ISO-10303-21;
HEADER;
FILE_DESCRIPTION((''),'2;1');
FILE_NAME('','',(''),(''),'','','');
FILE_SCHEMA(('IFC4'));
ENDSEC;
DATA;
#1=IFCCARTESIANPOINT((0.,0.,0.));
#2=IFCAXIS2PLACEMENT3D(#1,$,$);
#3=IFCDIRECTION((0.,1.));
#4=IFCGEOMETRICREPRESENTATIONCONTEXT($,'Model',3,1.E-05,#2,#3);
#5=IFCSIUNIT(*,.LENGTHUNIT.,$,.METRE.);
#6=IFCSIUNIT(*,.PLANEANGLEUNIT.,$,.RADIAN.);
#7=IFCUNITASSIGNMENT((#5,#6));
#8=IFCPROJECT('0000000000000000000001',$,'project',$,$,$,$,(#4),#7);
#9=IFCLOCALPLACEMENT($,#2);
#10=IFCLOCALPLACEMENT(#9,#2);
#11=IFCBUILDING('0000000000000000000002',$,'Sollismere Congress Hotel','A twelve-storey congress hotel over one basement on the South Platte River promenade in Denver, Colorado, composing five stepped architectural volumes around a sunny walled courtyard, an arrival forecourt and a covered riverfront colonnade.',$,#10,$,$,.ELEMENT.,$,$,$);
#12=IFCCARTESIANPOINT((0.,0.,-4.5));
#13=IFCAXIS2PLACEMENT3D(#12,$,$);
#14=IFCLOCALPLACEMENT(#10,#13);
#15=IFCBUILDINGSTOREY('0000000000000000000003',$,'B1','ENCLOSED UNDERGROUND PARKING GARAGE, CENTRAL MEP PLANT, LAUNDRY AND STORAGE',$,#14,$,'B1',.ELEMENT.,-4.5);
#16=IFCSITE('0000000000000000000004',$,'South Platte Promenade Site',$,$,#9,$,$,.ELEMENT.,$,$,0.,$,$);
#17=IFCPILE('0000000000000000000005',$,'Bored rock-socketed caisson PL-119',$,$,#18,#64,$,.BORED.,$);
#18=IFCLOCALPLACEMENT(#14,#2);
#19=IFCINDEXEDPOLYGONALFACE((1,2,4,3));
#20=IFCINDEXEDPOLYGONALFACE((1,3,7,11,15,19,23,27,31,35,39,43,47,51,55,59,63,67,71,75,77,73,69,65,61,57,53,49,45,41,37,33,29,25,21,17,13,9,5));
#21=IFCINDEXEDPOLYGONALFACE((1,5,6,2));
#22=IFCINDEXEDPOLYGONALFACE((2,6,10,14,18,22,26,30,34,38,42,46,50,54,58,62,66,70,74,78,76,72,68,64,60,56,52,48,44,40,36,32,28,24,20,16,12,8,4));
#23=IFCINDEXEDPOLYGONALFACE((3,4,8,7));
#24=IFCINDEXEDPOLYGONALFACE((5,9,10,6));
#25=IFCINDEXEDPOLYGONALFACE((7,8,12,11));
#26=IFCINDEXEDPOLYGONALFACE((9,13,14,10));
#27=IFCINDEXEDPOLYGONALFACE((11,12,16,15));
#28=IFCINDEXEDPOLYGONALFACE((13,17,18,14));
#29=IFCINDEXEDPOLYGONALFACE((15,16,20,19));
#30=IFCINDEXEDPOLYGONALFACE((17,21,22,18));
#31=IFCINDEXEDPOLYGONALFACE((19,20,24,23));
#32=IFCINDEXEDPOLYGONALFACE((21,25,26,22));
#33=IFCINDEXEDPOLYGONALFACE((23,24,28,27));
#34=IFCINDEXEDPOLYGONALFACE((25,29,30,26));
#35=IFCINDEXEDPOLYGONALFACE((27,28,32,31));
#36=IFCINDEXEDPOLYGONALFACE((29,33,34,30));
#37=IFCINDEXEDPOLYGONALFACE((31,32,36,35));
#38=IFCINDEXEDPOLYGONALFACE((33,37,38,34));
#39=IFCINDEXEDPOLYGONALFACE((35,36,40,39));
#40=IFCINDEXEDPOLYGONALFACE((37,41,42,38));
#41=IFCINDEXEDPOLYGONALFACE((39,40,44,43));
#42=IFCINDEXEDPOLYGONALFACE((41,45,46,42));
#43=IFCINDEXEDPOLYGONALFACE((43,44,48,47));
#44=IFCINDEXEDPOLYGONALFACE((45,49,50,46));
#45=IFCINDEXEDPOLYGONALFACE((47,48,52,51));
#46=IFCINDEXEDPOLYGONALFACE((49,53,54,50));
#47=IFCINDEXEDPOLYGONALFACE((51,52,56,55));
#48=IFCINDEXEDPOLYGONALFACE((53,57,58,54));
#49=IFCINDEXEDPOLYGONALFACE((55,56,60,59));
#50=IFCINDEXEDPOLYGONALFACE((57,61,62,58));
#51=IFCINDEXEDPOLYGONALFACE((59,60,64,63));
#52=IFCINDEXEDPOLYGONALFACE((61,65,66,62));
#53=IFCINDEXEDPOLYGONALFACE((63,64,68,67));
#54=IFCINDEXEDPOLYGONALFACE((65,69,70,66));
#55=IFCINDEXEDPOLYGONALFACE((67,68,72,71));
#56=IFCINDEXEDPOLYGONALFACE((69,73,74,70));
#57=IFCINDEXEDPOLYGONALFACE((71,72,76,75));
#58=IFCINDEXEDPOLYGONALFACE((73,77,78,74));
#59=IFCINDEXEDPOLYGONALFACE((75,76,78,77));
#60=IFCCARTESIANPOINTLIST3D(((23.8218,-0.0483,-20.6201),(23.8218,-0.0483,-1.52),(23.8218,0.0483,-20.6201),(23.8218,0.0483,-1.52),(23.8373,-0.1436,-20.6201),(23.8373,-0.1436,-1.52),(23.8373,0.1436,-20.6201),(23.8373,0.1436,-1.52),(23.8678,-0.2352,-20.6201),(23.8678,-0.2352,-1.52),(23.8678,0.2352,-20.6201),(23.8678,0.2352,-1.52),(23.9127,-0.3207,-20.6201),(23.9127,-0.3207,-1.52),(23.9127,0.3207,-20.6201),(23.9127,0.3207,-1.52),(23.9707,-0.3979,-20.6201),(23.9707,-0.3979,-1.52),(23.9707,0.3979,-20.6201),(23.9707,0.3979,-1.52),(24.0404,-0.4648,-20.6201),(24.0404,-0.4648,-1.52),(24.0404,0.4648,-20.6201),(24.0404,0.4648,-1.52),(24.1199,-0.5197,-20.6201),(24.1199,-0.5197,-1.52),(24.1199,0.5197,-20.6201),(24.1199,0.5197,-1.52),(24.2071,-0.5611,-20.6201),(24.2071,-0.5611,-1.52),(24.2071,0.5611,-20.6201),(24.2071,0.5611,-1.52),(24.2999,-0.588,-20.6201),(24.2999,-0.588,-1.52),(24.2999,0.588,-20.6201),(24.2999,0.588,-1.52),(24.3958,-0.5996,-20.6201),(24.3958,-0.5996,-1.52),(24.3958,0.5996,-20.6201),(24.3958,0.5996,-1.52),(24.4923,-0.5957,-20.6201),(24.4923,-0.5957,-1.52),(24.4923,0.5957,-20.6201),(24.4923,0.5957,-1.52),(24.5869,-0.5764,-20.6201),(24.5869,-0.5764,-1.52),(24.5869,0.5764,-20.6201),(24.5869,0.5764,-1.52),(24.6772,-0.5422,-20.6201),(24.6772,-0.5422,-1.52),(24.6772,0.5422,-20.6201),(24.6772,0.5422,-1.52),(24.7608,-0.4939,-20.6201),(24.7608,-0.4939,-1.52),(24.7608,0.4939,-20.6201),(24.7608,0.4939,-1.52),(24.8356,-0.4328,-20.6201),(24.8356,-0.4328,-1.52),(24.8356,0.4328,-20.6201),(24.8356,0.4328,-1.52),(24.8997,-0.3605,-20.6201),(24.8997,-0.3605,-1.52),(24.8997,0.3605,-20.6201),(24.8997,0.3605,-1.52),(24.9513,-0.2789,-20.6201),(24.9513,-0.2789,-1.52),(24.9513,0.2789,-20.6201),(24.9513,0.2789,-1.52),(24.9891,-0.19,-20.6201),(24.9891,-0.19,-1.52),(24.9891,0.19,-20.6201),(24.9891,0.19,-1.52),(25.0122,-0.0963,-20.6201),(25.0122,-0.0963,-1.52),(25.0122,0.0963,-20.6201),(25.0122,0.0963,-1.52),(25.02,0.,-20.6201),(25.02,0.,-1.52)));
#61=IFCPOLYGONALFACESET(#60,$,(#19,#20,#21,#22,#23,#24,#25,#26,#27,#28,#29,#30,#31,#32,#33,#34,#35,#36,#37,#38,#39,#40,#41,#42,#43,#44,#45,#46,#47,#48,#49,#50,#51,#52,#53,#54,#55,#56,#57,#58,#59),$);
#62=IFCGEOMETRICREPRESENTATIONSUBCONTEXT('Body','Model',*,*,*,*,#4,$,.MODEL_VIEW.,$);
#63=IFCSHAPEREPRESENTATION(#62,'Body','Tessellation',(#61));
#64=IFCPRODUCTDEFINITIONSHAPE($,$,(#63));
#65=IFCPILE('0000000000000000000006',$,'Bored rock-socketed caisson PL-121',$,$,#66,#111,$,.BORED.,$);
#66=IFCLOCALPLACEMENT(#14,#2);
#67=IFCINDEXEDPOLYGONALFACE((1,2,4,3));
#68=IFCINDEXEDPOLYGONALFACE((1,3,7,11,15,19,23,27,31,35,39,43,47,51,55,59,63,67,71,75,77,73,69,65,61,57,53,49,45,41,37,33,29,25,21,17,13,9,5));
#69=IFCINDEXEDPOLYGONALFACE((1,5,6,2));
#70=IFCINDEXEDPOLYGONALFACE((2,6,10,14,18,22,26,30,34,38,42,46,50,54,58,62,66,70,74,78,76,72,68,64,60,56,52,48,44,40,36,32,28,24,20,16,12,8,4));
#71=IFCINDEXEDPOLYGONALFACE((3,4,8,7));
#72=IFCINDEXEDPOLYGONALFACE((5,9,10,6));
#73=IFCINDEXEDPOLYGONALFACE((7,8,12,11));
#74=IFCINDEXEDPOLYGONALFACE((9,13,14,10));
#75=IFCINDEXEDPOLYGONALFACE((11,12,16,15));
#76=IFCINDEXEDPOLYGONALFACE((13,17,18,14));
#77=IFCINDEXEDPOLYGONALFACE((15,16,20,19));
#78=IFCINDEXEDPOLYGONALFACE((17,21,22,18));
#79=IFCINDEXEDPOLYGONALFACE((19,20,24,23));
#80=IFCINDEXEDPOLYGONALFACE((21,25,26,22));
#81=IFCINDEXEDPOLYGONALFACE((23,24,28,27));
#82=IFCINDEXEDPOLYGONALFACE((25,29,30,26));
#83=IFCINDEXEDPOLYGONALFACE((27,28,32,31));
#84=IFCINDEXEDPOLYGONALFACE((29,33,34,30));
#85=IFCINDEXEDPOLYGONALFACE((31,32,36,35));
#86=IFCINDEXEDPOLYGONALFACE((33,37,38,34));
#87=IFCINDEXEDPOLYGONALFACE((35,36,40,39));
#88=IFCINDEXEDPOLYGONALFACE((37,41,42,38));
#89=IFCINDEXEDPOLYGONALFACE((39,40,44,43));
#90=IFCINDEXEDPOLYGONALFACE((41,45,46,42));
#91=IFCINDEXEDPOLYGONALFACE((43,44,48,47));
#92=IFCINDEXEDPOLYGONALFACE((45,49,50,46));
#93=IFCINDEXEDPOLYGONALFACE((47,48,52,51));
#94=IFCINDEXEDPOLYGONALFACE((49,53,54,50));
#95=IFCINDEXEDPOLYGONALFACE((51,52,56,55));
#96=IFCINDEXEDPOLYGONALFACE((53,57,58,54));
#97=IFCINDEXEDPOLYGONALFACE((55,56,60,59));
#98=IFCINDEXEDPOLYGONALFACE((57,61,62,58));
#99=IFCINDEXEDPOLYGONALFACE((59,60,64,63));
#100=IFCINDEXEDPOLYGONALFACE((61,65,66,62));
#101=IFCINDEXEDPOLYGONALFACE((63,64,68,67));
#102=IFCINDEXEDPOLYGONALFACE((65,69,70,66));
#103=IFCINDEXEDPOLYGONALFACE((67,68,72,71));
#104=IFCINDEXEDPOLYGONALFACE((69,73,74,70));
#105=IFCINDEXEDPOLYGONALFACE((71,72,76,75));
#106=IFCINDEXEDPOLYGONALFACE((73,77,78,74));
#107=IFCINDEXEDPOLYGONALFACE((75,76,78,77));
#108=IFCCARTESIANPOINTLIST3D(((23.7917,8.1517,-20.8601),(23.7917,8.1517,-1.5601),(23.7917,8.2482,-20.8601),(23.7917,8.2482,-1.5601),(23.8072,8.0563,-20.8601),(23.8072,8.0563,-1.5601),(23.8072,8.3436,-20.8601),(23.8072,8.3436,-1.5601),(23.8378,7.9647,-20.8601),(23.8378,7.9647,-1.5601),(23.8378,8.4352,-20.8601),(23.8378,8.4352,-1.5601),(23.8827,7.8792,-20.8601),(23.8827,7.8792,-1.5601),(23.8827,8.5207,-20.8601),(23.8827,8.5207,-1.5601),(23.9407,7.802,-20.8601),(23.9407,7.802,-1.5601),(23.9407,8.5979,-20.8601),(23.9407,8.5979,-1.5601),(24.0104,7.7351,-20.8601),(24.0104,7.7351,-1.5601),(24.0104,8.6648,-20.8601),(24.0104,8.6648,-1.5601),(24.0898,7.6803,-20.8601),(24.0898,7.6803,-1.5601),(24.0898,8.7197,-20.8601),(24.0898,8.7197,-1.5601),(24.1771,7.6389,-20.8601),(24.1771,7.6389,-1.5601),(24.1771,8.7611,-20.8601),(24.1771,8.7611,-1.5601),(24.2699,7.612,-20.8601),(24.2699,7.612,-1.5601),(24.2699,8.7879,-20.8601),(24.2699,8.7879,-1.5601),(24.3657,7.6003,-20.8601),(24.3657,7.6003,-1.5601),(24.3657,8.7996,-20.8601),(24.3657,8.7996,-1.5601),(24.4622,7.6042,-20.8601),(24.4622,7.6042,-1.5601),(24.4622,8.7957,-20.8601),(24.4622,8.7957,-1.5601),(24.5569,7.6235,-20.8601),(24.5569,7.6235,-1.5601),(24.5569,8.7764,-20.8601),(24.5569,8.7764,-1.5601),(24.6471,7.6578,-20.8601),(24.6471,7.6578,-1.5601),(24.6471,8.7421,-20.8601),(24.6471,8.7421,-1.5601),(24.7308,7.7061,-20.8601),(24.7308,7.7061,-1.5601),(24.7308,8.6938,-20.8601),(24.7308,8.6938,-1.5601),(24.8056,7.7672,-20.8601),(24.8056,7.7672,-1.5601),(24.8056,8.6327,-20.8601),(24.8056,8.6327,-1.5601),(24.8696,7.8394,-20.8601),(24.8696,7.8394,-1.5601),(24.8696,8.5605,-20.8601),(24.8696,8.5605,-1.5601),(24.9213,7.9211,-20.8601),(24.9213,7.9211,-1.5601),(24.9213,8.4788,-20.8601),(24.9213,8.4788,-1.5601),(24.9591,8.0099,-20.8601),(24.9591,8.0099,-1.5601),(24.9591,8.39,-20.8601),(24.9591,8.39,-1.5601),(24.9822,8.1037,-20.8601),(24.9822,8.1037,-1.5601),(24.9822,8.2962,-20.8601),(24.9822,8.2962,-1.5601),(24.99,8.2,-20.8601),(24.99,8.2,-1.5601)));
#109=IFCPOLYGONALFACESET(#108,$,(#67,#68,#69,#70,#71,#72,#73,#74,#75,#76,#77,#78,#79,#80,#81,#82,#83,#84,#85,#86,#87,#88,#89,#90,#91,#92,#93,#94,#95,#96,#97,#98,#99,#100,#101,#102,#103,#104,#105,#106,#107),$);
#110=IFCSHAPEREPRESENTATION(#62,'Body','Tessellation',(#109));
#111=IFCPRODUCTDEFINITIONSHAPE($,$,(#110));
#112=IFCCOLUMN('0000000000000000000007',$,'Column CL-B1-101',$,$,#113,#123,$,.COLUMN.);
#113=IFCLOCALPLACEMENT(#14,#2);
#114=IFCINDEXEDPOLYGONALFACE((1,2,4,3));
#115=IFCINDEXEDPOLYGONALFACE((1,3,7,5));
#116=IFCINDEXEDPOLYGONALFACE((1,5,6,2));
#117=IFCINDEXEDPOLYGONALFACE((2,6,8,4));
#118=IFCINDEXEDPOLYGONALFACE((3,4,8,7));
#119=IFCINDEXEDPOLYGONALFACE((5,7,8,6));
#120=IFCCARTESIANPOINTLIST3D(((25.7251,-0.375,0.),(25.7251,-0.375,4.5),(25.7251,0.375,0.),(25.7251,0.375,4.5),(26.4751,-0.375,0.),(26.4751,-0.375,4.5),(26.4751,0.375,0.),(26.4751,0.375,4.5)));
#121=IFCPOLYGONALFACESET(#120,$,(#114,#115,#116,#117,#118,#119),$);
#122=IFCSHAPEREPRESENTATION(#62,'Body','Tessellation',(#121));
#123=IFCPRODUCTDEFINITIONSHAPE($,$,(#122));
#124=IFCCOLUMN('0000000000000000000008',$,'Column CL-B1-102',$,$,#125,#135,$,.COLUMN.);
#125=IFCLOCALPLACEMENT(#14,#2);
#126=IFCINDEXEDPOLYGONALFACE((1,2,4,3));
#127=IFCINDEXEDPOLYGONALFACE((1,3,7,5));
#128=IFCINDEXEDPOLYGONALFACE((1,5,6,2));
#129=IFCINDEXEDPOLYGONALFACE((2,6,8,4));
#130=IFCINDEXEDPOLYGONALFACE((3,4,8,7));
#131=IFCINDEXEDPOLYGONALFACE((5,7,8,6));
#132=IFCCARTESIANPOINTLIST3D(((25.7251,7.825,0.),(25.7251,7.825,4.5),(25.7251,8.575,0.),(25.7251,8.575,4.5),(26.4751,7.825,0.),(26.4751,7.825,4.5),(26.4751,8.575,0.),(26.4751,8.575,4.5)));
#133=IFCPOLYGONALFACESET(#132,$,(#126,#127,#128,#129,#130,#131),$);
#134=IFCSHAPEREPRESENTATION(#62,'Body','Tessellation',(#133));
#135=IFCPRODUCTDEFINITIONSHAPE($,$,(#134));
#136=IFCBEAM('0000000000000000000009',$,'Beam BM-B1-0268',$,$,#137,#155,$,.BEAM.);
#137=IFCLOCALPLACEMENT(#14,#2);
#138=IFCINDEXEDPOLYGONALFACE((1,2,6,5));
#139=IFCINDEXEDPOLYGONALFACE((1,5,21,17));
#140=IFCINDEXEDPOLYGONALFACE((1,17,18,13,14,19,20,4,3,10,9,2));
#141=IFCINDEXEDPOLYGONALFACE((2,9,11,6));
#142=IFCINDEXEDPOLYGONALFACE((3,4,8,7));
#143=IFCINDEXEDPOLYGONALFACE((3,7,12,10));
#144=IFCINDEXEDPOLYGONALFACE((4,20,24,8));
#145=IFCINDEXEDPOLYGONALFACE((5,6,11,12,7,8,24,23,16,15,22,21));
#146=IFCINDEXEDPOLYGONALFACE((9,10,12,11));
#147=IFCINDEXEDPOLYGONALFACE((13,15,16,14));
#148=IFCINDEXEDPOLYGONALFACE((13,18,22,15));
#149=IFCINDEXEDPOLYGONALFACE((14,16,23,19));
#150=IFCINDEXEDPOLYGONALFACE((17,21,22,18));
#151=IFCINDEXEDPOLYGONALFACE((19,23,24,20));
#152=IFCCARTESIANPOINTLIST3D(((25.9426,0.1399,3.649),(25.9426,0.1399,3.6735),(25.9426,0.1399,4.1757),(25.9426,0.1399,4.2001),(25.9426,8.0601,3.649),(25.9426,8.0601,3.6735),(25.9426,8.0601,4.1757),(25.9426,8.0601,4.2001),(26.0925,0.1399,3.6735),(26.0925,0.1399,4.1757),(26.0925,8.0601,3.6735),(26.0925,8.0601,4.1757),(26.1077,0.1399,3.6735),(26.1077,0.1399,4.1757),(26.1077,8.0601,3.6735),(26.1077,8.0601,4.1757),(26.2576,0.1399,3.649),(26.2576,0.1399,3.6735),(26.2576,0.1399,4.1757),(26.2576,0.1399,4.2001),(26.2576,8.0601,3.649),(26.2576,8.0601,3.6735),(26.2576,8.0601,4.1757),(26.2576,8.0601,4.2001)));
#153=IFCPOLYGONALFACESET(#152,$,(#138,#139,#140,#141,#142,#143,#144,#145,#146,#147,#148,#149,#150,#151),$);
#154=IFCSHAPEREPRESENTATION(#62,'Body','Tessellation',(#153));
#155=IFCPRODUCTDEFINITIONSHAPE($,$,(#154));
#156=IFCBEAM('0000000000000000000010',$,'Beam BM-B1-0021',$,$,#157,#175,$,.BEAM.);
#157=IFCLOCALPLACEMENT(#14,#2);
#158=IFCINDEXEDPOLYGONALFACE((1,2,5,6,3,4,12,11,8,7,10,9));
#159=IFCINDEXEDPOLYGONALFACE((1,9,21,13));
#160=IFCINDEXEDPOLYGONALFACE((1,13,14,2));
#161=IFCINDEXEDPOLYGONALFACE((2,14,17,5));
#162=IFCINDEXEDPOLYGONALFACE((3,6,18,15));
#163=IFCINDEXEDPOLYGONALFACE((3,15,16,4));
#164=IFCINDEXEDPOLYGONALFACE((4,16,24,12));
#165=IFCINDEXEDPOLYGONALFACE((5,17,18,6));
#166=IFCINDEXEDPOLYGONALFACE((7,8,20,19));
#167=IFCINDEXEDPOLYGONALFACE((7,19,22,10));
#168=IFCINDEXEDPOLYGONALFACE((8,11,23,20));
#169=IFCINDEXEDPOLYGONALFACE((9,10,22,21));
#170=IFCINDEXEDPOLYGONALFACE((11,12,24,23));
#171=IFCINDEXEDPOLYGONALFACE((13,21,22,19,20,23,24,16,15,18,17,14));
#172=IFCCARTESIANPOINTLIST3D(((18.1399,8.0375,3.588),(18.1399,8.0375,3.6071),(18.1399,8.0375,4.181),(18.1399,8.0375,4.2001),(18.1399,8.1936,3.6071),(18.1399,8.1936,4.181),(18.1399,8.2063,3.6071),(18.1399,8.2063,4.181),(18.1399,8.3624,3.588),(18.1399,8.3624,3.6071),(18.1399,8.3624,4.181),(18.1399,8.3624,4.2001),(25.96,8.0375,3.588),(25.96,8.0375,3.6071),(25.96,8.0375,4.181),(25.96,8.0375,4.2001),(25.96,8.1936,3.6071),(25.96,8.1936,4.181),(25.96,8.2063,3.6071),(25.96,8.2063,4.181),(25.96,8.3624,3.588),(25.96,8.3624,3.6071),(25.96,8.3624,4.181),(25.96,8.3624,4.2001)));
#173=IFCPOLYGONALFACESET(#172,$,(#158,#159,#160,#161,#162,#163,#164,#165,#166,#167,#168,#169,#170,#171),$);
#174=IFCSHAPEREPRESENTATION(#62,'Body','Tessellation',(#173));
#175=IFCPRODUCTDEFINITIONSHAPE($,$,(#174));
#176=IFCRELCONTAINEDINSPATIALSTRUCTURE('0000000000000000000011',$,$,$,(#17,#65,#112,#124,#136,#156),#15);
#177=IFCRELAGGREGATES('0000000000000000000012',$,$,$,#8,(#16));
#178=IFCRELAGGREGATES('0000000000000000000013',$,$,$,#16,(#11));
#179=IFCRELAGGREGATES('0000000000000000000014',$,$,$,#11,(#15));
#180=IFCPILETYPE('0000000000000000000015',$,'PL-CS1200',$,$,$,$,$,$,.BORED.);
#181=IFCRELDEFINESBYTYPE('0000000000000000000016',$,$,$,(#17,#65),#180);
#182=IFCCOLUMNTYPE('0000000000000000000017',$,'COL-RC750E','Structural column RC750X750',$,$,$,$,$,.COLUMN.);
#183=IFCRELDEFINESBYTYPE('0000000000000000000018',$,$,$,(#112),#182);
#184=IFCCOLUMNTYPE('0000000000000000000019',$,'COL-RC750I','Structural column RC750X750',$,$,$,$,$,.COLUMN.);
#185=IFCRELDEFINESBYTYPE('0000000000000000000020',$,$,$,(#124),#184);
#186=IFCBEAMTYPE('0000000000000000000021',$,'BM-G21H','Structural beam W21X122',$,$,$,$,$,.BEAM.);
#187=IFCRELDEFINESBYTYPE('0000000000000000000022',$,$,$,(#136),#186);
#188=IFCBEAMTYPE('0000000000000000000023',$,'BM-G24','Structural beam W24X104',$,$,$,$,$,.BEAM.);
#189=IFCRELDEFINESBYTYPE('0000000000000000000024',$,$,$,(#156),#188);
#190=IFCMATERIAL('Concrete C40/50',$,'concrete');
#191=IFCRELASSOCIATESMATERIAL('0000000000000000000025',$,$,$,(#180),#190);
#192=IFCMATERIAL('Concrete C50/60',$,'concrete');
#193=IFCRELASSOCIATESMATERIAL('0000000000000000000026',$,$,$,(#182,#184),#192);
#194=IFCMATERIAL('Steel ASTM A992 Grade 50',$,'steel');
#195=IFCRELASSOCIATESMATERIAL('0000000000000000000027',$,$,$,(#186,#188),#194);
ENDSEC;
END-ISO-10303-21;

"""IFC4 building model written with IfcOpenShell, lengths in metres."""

from ifc_helpers import new_model, si_unit, direction, frame, origin, origin_2d, place, context, subcontext, project, spatial, rectangle, circle, i_section, extrude, material, material_profile, profile_set, type_object, element, save


model = new_model("IFC4")

# Units and contexts
model_context = context("Model", 3, precision=1e-05, world=origin(), true_north=direction((0.0, 1.0)))
body_context = subcontext(model_context, "Body", "Model", "MODEL_VIEW")
ifc_project = project(units=[si_unit("LENGTHUNIT", "METRE"), si_unit("PLANEANGLEUNIT", "RADIAN")], contexts=[model_context])

# Site, building, storey
site_placement = place(None, origin())
site = spatial("IfcSite", under=ifc_project, at=site_placement, Name="South Platte Promenade Site", CompositionType="ELEMENT", RefElevation=0.0)
building_placement = place(site_placement, origin())
building = spatial("IfcBuilding", under=site, at=building_placement, Name="Sollismere Congress Hotel", Description="A twelve-storey congress hotel over one basement on the South Platte River promenade in Denver, Colorado, composing five stepped architectural volumes around a sunny walled courtyard, an arrival forecourt and a covered riverfront colonnade.", CompositionType="ELEMENT")
storey_placement = place(building_placement, frame((0.0, 0.0, -4.5)))
storey = spatial("IfcBuildingStorey", under=building, at=storey_placement, Name="B1", Description="ENCLOSED UNDERGROUND PARKING GARAGE, CENTRAL MEP PLANT, LAUNDRY AND STORAGE", LongName="B1", CompositionType="ELEMENT", Elevation=-4.5)

# Shared definitions
ifc_material_1 = material(Name="Concrete C40/50", Category="concrete")

# Piles
ifc_material_profile_1 = material_profile(ifc_material_1, circle(Radius=0.6001, at=origin_2d()), Name="CAISSON1200")
ifc_profile_set_1 = profile_set([ifc_material_profile_1], Name="Concrete C40/50")
pile_type = type_object("IfcPileType", Name="PL-CS1200", PredefinedType="BORED", material=ifc_profile_set_1)
pile_1_placement = place(storey_placement, frame((24.4199, 0.0, -1.52), z_axis=(0.0, 0.0, -1.0), x_axis=(1.0, 0.0, 0.0)))
element("IfcPile", 1, at=pile_1_placement, inside=storey, type_object=pile_type, Name="Bored rock-socketed caisson PL-119", PredefinedType="BORED", context=body_context, shape_type="SweptSolid", body=[
    extrude(circle(Radius=0.6001, at=origin_2d()), origin(), (0.0, 0.0, 1.0), 19.1001),
])
pile_2_placement = place(storey_placement, frame((24.3899, 8.2, -1.5601), z_axis=(0.0, 0.0, -1.0), x_axis=(1.0, 0.0, 0.0)))
element("IfcPile", 2, at=pile_2_placement, inside=storey, type_object=pile_type, Name="Bored rock-socketed caisson PL-121", PredefinedType="BORED", context=body_context, shape_type="SweptSolid", body=[
    extrude(circle(Radius=0.6001, at=origin_2d()), origin(), (0.0, 0.0, 1.0), 19.3),
])

# Columns
ifc_material_2 = material(Name="Concrete C50/60", Category="concrete")
ifc_material_profile_2 = material_profile(ifc_material_2, rectangle(XDim=0.75, YDim=0.75, at=origin_2d()), Name="RC750X750")
ifc_profile_set_2 = profile_set([ifc_material_profile_2], Name="Concrete C50/60")
column_type_1 = type_object("IfcColumnType", Name="COL-RC750E", Description="Structural column RC750X750", PredefinedType="COLUMN", material=ifc_profile_set_2)
column_1_placement = place(storey_placement, frame((26.1001, 0.0, 0.0), z_axis=(0.0, 0.0, 1.0), x_axis=(0.0, 1.0, 0.0)))
element("IfcColumn", 3, at=column_1_placement, inside=storey, type_object=column_type_1, Name="Column CL-B1-101", PredefinedType="COLUMN", context=body_context, shape_type="SweptSolid", body=[
    extrude(rectangle(XDim=0.75, YDim=0.75, at=origin_2d()), origin(), (0.0, 0.0, 1.0), 4.5),
])
ifc_material_profile_3 = material_profile(ifc_material_2, rectangle(XDim=0.75, YDim=0.75, at=origin_2d()), Name="RC750X750")
ifc_profile_set_3 = profile_set([ifc_material_profile_3], Name="Concrete C50/60")
column_type_2 = type_object("IfcColumnType", Name="COL-RC750I", Description="Structural column RC750X750", PredefinedType="COLUMN", material=ifc_profile_set_3)
column_2_placement = place(storey_placement, frame((26.1001, 8.2, 0.0), z_axis=(0.0, 0.0, 1.0), x_axis=(1.0, 0.0, 0.0)))
element("IfcColumn", 4, at=column_2_placement, inside=storey, type_object=column_type_2, Name="Column CL-B1-102", PredefinedType="COLUMN", context=body_context, shape_type="SweptSolid", body=[
    extrude(rectangle(XDim=0.75, YDim=0.75, at=origin_2d()), origin(), (0.0, 0.0, 1.0), 4.5),
])

# Beams
ifc_material_3 = material(Name="Steel ASTM A992 Grade 50", Category="steel")
ifc_material_profile_4 = material_profile(ifc_material_3, i_section(OverallWidth=0.3149, OverallDepth=0.551, WebThickness=0.0151, FlangeThickness=0.0244, at=origin_2d()), Name="W21X122")
ifc_profile_set_4 = profile_set([ifc_material_profile_4], Name="Steel ASTM A992 Grade 50")
beam_type_1 = type_object("IfcBeamType", Name="BM-G21H", Description="Structural beam W21X122", PredefinedType="BEAM", material=ifc_profile_set_4)
beam_1_placement = place(storey_placement, frame((26.1001, 0.1399, 3.9246), z_axis=(0.0, 1.0, 0.0), x_axis=(-1.0, 0.0, 0.0)))
element("IfcBeam", 5, at=beam_1_placement, inside=storey, type_object=beam_type_1, Name="Beam BM-B1-0268", PredefinedType="BEAM", context=body_context, shape_type="SweptSolid", body=[
    extrude(i_section(OverallWidth=0.3149, OverallDepth=0.551, WebThickness=0.0151, FlangeThickness=0.0244, at=origin_2d()), origin(), (0.0, 0.0, 1.0), 7.9202),
])
ifc_material_profile_5 = material_profile(ifc_material_3, i_section(OverallWidth=0.325, OverallDepth=0.6121, WebThickness=0.0127, FlangeThickness=0.019, at=origin_2d()), Name="W24X104")
ifc_profile_set_5 = profile_set([ifc_material_profile_5], Name="Steel ASTM A992 Grade 50")
beam_type_2 = type_object("IfcBeamType", Name="BM-G24", Description="Structural beam W24X104", PredefinedType="BEAM", material=ifc_profile_set_5)
for number, where, z_axis, x_axis, name in (
    (6, (18.1399, 8.2, 3.894), (1.0, 0.0, 0.0), (0.0, 1.0, 0.0), "Beam BM-B1-0021"),
):
    element("IfcBeam", number, at=place(storey_placement, frame(where, z_axis=z_axis, x_axis=x_axis)), inside=storey, type_object=beam_type_2, Name=name, PredefinedType="BEAM", context=body_context, shape_type="SweptSolid", body=[
        extrude(i_section(OverallWidth=0.325, OverallDepth=0.6121, WebThickness=0.0127, FlangeThickness=0.019, at=origin_2d()), origin(), (0.0, 0.0, 1.0), 7.8201),
    ])

save(model, "model.ifc")
